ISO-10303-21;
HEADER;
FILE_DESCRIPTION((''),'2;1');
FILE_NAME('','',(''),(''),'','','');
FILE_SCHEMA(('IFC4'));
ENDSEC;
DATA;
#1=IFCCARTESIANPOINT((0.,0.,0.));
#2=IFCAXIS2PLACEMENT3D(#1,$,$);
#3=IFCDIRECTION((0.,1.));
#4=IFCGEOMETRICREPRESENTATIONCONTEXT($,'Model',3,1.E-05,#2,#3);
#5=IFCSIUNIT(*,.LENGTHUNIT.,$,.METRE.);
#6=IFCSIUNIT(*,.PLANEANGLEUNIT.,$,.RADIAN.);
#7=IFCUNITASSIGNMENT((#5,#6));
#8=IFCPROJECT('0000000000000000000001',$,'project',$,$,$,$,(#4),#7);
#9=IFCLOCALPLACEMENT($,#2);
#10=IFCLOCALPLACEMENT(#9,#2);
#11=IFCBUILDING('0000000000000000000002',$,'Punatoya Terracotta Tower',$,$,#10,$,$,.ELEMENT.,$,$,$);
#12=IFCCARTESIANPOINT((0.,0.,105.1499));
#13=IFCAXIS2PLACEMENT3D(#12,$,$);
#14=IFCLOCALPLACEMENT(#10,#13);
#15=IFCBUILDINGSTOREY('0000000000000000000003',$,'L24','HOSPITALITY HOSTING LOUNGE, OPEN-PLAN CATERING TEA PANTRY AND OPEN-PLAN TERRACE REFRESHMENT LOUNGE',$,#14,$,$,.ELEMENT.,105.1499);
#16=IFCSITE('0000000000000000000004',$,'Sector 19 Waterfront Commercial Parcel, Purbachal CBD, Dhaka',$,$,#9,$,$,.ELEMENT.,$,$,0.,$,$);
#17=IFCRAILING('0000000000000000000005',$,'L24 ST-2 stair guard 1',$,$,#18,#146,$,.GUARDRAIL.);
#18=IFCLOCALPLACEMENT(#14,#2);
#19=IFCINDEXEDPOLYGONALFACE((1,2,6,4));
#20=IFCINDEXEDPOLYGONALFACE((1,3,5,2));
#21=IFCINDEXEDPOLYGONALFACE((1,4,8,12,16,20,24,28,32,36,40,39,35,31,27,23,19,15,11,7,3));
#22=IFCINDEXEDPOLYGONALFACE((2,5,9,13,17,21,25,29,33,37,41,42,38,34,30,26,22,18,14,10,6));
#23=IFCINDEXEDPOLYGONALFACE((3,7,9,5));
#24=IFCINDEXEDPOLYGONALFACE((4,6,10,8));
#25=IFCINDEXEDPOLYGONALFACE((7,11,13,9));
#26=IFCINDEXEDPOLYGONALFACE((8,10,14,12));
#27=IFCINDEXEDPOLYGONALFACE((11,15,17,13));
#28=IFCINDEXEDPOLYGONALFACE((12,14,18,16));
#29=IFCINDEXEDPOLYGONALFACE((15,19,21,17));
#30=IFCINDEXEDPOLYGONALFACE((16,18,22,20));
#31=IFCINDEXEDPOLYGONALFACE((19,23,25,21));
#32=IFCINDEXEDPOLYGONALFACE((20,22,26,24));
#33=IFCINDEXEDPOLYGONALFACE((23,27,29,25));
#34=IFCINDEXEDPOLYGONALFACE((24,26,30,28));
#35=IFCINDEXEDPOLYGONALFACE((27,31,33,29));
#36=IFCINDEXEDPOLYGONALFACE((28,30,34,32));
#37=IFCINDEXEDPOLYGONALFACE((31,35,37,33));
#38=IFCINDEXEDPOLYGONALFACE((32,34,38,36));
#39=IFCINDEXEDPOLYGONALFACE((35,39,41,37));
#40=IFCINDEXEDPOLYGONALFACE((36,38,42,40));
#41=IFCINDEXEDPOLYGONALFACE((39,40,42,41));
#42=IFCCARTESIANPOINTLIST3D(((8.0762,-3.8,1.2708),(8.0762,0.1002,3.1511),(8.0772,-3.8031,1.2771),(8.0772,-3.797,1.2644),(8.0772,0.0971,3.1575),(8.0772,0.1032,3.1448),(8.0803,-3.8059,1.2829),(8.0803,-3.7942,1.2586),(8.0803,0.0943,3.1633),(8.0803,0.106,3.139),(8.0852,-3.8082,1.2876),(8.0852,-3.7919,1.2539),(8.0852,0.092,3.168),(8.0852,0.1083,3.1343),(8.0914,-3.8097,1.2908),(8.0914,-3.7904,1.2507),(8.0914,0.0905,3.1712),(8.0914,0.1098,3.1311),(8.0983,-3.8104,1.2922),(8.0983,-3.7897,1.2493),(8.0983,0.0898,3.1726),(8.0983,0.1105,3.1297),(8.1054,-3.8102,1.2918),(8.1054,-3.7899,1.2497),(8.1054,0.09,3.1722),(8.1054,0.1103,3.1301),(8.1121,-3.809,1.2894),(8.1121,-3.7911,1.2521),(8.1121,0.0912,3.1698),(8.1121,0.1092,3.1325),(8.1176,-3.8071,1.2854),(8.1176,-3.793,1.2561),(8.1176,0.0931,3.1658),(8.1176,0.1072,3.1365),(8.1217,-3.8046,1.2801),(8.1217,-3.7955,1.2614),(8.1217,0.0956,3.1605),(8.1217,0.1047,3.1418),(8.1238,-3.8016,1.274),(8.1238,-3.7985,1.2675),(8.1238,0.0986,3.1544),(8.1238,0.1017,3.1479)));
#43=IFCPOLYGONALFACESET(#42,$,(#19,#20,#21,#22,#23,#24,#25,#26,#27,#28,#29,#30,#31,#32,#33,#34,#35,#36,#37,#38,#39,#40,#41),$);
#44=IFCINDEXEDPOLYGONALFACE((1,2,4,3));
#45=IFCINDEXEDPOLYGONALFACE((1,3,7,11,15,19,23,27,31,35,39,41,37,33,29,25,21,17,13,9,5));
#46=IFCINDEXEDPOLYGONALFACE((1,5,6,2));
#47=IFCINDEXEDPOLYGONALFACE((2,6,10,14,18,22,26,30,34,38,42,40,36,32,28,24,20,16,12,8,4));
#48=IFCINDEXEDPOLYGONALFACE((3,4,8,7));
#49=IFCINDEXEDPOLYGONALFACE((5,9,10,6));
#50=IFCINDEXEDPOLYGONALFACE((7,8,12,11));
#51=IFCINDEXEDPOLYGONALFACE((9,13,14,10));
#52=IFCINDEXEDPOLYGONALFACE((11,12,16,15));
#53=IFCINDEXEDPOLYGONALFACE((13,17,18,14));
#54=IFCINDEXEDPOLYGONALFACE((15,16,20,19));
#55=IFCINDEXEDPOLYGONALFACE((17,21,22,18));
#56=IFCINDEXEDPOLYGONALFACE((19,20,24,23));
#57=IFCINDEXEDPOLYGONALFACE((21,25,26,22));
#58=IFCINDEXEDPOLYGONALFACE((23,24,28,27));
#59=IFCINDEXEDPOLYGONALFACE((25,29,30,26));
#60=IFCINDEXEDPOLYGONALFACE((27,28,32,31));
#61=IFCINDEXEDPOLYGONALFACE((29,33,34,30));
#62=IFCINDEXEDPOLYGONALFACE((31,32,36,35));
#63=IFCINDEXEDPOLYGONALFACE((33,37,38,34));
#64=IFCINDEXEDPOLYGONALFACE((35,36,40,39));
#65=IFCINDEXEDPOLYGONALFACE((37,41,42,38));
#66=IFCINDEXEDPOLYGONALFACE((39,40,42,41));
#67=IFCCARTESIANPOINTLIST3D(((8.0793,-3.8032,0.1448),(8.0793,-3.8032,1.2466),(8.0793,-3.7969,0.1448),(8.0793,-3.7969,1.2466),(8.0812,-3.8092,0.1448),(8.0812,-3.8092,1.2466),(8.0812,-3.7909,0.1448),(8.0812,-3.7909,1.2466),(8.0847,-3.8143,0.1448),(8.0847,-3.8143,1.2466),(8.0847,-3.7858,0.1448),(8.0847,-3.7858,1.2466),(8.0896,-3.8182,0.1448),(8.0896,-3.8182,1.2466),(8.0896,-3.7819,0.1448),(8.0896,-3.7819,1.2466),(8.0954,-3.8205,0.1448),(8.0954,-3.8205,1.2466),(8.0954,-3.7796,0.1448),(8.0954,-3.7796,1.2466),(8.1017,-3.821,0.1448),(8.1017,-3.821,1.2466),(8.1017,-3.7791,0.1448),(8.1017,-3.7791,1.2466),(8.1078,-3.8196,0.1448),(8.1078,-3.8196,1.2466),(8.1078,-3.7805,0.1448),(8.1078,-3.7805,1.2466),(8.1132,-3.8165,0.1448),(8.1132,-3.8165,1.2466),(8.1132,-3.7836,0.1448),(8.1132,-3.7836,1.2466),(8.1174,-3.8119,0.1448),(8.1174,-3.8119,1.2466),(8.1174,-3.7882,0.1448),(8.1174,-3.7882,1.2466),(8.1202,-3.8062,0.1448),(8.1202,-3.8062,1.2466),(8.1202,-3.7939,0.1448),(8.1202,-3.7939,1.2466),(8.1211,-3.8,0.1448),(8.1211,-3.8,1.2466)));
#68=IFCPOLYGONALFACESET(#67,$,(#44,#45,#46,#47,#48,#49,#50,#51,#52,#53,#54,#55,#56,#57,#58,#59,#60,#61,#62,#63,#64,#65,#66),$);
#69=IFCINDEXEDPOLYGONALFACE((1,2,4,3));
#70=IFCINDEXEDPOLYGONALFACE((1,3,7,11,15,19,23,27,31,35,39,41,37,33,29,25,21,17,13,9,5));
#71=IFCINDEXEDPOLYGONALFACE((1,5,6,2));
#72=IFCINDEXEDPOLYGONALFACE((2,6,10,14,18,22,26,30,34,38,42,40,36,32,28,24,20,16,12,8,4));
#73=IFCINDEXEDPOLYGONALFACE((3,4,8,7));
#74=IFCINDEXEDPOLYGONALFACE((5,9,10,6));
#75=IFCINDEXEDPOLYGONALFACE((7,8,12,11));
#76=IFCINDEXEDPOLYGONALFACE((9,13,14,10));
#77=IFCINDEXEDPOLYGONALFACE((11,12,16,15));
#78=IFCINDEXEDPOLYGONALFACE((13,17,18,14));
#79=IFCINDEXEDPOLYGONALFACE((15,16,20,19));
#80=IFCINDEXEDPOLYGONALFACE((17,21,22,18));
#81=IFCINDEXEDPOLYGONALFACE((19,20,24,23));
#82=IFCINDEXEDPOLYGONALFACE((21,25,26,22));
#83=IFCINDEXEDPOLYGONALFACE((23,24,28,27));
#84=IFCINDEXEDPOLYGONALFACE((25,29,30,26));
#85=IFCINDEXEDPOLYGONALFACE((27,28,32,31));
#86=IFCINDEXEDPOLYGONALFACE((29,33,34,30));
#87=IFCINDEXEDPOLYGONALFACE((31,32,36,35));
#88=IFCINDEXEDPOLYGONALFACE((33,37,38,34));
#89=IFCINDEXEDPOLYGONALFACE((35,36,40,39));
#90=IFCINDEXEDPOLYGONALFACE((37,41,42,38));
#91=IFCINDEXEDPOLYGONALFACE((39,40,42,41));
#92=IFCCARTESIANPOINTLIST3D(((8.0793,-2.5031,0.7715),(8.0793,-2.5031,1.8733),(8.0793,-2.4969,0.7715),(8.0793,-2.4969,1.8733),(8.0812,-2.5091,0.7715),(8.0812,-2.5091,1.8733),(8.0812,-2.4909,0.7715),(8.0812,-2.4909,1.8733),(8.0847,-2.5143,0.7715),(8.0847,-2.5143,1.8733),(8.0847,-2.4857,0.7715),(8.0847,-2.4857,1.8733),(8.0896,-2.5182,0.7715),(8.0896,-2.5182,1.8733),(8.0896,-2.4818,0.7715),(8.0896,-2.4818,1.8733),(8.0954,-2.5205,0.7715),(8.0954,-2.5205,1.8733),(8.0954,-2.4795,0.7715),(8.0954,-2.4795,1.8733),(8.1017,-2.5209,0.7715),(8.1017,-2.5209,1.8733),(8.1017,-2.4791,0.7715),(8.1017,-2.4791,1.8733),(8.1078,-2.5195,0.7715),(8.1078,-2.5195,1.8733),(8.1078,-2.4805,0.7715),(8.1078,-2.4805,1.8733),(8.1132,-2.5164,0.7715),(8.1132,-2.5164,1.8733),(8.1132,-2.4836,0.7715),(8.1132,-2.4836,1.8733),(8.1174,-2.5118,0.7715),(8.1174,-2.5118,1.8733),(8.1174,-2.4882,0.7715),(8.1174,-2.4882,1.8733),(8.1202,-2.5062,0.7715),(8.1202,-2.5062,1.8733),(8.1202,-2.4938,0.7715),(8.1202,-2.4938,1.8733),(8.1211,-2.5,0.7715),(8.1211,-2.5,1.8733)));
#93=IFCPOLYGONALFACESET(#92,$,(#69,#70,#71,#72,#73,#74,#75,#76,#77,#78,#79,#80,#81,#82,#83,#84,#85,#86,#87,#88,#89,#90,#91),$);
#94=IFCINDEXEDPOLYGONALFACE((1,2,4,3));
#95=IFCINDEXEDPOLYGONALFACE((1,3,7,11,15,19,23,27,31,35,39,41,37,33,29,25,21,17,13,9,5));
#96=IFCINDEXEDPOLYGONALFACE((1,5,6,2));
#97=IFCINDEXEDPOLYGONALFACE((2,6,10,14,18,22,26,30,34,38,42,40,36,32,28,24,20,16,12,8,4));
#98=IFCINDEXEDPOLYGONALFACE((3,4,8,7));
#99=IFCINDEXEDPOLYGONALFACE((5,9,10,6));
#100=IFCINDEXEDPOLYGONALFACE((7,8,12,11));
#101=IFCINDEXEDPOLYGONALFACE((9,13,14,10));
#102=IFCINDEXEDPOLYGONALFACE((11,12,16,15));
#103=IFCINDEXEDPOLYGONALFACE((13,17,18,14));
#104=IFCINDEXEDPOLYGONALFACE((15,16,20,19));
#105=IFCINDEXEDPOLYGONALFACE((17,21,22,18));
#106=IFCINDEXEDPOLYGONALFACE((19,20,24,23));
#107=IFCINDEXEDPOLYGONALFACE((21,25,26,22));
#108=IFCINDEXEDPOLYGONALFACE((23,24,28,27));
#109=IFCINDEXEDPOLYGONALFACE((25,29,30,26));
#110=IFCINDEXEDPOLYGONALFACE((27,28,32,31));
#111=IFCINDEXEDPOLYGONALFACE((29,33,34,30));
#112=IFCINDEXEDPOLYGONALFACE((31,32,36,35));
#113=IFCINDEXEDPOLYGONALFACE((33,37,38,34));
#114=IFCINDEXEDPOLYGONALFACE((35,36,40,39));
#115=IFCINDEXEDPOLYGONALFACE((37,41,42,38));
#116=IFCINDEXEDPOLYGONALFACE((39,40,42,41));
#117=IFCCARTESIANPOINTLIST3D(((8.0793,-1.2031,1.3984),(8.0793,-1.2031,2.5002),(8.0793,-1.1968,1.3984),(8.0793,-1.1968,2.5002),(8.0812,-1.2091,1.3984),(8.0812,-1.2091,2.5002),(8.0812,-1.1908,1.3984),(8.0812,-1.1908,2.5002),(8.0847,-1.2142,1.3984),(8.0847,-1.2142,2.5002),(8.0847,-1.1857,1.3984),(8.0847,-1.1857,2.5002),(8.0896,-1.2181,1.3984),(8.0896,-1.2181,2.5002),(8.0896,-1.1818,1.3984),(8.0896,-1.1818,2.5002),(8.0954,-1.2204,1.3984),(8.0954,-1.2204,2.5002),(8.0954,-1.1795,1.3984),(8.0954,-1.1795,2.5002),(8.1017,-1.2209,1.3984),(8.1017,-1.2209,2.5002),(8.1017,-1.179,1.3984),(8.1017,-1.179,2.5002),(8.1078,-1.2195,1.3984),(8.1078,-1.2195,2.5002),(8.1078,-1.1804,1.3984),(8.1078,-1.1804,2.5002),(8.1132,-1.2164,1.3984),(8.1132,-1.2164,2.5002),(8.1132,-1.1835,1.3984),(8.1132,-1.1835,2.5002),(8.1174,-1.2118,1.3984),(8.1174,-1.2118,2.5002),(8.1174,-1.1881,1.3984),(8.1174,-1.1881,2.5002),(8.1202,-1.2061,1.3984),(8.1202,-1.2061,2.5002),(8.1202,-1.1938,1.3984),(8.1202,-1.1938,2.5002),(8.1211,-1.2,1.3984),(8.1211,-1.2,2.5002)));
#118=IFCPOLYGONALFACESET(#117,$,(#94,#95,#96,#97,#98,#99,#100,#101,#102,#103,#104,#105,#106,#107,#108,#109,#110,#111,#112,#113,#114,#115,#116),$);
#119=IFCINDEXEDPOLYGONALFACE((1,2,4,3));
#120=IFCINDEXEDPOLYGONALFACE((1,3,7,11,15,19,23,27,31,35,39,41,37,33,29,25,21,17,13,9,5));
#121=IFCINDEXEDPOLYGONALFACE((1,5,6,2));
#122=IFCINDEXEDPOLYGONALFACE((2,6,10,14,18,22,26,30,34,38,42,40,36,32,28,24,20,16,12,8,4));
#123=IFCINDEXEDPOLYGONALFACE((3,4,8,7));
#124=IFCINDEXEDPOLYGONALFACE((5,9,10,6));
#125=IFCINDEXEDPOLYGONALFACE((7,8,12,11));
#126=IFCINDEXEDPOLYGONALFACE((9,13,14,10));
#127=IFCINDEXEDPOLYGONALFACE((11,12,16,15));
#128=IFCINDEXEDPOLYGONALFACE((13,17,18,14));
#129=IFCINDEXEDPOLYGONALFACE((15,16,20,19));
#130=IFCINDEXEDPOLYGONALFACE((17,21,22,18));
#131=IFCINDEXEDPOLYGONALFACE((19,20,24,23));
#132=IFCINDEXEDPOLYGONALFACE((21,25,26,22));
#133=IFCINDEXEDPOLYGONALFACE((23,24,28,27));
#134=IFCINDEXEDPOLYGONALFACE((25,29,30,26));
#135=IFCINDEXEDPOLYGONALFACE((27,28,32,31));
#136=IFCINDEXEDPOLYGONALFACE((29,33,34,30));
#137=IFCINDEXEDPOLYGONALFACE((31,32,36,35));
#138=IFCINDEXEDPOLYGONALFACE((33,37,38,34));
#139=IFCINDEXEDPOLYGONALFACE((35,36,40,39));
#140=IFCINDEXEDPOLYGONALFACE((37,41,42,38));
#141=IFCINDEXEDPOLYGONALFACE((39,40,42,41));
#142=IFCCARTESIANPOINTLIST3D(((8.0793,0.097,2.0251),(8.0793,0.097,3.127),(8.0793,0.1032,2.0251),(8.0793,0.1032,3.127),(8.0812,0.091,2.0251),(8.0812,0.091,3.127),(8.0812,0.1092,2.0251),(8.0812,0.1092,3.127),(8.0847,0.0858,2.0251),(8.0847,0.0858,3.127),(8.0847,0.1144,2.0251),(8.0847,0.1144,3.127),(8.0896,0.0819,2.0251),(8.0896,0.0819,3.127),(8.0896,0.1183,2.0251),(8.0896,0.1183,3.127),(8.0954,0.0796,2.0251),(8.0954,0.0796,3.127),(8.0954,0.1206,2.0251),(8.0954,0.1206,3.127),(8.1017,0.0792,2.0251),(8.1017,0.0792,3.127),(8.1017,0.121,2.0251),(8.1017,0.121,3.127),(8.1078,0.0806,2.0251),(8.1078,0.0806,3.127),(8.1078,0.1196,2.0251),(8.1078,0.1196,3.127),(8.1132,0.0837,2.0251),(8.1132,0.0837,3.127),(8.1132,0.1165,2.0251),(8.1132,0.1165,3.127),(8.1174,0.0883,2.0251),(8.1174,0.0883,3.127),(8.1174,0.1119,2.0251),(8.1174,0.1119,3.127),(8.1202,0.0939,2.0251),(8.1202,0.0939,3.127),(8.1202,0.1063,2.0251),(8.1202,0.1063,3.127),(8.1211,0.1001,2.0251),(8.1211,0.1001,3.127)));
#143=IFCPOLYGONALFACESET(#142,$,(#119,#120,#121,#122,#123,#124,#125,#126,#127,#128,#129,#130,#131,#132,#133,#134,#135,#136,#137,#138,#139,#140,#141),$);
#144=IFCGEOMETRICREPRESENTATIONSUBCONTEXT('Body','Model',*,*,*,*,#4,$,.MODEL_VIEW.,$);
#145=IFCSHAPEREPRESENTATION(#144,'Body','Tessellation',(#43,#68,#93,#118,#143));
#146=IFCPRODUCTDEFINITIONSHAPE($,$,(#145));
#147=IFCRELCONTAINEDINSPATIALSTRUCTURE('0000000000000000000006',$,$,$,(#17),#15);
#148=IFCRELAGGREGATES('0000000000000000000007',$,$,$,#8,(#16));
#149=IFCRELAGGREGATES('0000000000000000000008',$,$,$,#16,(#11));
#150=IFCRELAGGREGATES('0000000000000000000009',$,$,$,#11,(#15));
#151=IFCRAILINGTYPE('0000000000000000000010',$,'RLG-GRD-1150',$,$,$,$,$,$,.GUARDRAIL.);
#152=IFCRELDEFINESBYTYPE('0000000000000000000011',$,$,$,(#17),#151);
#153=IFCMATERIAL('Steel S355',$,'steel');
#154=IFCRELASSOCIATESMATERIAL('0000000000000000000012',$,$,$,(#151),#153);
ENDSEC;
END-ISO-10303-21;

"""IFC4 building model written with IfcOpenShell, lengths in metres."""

from ifc_helpers import new_model, si_unit, direction, frame, origin, origin_2d, place, context, subcontext, project, spatial, circle, extrude, material, type_object, element, save


model = new_model("IFC4")

# Units and contexts
model_context = context("Model", 3, precision=1e-05, world=origin(), true_north=direction((0.0, 1.0)))
body_context = subcontext(model_context, "Body", "Model", "MODEL_VIEW")
ifc_project = project(units=[si_unit("LENGTHUNIT", "METRE"), si_unit("PLANEANGLEUNIT", "RADIAN")], contexts=[model_context])

# Site, building, storey
site_placement = place(None, origin())
site = spatial("IfcSite", under=ifc_project, at=site_placement, Name="Sector 19 Waterfront Commercial Parcel, Purbachal CBD, Dhaka", CompositionType="ELEMENT", RefElevation=0.0)
building_placement = place(site_placement, origin())
building = spatial("IfcBuilding", under=site, at=building_placement, Name="Punatoya Terracotta Tower", CompositionType="ELEMENT")
storey_placement = place(building_placement, frame((0.0, 0.0, 105.1499)))
storey = spatial("IfcBuildingStorey", under=building, at=storey_placement, Name="L24", Description="HOSPITALITY HOSTING LOUNGE, OPEN-PLAN CATERING TEA PANTRY AND OPEN-PLAN TERRACE REFRESHMENT LOUNGE", CompositionType="ELEMENT", Elevation=105.1499)

# Shared definitions
ifc_material_1 = material(Name="Steel S355", Category="steel")

# Railing
railing_type_1 = type_object("IfcRailingType", Name="RLG-GRD-1150", PredefinedType="GUARDRAIL", material=ifc_material_1)
railing_1_placement = place(storey_placement, frame((8.1001, -3.8, 0.1448)))
element("IfcRailing", 1, at=railing_1_placement, inside=storey, type_object=railing_type_1, Name="L24 ST-2 stair guard 1", PredefinedType="GUARDRAIL", context=body_context, shape_type="SweptSolid", body=[
    extrude(circle(Radius=0.0239, at=origin_2d()), frame((0.0, 0.0, 1.126), z_axis=(0.0, 0.900774, 0.434289), x_axis=(-1.0, 0.0, 0.0)), (0.0, 0.0, 1.0), 4.3298),
    extrude(circle(Radius=0.021, at=origin_2d()), origin(), (0.0, 0.0, 1.0), 1.1018),
    extrude(circle(Radius=0.021, at=origin_2d()), frame((0.0, 1.3, 0.6267)), (0.0, 0.0, 1.0), 1.1018),
    extrude(circle(Radius=0.021, at=origin_2d()), frame((0.0, 2.6001, 1.2537)), (0.0, 0.0, 1.0), 1.1018),
    extrude(circle(Radius=0.021, at=origin_2d()), frame((0.0, 3.9001, 1.8804)), (0.0, 0.0, 1.0), 1.1018),
])

save(model, "model.ifc")
